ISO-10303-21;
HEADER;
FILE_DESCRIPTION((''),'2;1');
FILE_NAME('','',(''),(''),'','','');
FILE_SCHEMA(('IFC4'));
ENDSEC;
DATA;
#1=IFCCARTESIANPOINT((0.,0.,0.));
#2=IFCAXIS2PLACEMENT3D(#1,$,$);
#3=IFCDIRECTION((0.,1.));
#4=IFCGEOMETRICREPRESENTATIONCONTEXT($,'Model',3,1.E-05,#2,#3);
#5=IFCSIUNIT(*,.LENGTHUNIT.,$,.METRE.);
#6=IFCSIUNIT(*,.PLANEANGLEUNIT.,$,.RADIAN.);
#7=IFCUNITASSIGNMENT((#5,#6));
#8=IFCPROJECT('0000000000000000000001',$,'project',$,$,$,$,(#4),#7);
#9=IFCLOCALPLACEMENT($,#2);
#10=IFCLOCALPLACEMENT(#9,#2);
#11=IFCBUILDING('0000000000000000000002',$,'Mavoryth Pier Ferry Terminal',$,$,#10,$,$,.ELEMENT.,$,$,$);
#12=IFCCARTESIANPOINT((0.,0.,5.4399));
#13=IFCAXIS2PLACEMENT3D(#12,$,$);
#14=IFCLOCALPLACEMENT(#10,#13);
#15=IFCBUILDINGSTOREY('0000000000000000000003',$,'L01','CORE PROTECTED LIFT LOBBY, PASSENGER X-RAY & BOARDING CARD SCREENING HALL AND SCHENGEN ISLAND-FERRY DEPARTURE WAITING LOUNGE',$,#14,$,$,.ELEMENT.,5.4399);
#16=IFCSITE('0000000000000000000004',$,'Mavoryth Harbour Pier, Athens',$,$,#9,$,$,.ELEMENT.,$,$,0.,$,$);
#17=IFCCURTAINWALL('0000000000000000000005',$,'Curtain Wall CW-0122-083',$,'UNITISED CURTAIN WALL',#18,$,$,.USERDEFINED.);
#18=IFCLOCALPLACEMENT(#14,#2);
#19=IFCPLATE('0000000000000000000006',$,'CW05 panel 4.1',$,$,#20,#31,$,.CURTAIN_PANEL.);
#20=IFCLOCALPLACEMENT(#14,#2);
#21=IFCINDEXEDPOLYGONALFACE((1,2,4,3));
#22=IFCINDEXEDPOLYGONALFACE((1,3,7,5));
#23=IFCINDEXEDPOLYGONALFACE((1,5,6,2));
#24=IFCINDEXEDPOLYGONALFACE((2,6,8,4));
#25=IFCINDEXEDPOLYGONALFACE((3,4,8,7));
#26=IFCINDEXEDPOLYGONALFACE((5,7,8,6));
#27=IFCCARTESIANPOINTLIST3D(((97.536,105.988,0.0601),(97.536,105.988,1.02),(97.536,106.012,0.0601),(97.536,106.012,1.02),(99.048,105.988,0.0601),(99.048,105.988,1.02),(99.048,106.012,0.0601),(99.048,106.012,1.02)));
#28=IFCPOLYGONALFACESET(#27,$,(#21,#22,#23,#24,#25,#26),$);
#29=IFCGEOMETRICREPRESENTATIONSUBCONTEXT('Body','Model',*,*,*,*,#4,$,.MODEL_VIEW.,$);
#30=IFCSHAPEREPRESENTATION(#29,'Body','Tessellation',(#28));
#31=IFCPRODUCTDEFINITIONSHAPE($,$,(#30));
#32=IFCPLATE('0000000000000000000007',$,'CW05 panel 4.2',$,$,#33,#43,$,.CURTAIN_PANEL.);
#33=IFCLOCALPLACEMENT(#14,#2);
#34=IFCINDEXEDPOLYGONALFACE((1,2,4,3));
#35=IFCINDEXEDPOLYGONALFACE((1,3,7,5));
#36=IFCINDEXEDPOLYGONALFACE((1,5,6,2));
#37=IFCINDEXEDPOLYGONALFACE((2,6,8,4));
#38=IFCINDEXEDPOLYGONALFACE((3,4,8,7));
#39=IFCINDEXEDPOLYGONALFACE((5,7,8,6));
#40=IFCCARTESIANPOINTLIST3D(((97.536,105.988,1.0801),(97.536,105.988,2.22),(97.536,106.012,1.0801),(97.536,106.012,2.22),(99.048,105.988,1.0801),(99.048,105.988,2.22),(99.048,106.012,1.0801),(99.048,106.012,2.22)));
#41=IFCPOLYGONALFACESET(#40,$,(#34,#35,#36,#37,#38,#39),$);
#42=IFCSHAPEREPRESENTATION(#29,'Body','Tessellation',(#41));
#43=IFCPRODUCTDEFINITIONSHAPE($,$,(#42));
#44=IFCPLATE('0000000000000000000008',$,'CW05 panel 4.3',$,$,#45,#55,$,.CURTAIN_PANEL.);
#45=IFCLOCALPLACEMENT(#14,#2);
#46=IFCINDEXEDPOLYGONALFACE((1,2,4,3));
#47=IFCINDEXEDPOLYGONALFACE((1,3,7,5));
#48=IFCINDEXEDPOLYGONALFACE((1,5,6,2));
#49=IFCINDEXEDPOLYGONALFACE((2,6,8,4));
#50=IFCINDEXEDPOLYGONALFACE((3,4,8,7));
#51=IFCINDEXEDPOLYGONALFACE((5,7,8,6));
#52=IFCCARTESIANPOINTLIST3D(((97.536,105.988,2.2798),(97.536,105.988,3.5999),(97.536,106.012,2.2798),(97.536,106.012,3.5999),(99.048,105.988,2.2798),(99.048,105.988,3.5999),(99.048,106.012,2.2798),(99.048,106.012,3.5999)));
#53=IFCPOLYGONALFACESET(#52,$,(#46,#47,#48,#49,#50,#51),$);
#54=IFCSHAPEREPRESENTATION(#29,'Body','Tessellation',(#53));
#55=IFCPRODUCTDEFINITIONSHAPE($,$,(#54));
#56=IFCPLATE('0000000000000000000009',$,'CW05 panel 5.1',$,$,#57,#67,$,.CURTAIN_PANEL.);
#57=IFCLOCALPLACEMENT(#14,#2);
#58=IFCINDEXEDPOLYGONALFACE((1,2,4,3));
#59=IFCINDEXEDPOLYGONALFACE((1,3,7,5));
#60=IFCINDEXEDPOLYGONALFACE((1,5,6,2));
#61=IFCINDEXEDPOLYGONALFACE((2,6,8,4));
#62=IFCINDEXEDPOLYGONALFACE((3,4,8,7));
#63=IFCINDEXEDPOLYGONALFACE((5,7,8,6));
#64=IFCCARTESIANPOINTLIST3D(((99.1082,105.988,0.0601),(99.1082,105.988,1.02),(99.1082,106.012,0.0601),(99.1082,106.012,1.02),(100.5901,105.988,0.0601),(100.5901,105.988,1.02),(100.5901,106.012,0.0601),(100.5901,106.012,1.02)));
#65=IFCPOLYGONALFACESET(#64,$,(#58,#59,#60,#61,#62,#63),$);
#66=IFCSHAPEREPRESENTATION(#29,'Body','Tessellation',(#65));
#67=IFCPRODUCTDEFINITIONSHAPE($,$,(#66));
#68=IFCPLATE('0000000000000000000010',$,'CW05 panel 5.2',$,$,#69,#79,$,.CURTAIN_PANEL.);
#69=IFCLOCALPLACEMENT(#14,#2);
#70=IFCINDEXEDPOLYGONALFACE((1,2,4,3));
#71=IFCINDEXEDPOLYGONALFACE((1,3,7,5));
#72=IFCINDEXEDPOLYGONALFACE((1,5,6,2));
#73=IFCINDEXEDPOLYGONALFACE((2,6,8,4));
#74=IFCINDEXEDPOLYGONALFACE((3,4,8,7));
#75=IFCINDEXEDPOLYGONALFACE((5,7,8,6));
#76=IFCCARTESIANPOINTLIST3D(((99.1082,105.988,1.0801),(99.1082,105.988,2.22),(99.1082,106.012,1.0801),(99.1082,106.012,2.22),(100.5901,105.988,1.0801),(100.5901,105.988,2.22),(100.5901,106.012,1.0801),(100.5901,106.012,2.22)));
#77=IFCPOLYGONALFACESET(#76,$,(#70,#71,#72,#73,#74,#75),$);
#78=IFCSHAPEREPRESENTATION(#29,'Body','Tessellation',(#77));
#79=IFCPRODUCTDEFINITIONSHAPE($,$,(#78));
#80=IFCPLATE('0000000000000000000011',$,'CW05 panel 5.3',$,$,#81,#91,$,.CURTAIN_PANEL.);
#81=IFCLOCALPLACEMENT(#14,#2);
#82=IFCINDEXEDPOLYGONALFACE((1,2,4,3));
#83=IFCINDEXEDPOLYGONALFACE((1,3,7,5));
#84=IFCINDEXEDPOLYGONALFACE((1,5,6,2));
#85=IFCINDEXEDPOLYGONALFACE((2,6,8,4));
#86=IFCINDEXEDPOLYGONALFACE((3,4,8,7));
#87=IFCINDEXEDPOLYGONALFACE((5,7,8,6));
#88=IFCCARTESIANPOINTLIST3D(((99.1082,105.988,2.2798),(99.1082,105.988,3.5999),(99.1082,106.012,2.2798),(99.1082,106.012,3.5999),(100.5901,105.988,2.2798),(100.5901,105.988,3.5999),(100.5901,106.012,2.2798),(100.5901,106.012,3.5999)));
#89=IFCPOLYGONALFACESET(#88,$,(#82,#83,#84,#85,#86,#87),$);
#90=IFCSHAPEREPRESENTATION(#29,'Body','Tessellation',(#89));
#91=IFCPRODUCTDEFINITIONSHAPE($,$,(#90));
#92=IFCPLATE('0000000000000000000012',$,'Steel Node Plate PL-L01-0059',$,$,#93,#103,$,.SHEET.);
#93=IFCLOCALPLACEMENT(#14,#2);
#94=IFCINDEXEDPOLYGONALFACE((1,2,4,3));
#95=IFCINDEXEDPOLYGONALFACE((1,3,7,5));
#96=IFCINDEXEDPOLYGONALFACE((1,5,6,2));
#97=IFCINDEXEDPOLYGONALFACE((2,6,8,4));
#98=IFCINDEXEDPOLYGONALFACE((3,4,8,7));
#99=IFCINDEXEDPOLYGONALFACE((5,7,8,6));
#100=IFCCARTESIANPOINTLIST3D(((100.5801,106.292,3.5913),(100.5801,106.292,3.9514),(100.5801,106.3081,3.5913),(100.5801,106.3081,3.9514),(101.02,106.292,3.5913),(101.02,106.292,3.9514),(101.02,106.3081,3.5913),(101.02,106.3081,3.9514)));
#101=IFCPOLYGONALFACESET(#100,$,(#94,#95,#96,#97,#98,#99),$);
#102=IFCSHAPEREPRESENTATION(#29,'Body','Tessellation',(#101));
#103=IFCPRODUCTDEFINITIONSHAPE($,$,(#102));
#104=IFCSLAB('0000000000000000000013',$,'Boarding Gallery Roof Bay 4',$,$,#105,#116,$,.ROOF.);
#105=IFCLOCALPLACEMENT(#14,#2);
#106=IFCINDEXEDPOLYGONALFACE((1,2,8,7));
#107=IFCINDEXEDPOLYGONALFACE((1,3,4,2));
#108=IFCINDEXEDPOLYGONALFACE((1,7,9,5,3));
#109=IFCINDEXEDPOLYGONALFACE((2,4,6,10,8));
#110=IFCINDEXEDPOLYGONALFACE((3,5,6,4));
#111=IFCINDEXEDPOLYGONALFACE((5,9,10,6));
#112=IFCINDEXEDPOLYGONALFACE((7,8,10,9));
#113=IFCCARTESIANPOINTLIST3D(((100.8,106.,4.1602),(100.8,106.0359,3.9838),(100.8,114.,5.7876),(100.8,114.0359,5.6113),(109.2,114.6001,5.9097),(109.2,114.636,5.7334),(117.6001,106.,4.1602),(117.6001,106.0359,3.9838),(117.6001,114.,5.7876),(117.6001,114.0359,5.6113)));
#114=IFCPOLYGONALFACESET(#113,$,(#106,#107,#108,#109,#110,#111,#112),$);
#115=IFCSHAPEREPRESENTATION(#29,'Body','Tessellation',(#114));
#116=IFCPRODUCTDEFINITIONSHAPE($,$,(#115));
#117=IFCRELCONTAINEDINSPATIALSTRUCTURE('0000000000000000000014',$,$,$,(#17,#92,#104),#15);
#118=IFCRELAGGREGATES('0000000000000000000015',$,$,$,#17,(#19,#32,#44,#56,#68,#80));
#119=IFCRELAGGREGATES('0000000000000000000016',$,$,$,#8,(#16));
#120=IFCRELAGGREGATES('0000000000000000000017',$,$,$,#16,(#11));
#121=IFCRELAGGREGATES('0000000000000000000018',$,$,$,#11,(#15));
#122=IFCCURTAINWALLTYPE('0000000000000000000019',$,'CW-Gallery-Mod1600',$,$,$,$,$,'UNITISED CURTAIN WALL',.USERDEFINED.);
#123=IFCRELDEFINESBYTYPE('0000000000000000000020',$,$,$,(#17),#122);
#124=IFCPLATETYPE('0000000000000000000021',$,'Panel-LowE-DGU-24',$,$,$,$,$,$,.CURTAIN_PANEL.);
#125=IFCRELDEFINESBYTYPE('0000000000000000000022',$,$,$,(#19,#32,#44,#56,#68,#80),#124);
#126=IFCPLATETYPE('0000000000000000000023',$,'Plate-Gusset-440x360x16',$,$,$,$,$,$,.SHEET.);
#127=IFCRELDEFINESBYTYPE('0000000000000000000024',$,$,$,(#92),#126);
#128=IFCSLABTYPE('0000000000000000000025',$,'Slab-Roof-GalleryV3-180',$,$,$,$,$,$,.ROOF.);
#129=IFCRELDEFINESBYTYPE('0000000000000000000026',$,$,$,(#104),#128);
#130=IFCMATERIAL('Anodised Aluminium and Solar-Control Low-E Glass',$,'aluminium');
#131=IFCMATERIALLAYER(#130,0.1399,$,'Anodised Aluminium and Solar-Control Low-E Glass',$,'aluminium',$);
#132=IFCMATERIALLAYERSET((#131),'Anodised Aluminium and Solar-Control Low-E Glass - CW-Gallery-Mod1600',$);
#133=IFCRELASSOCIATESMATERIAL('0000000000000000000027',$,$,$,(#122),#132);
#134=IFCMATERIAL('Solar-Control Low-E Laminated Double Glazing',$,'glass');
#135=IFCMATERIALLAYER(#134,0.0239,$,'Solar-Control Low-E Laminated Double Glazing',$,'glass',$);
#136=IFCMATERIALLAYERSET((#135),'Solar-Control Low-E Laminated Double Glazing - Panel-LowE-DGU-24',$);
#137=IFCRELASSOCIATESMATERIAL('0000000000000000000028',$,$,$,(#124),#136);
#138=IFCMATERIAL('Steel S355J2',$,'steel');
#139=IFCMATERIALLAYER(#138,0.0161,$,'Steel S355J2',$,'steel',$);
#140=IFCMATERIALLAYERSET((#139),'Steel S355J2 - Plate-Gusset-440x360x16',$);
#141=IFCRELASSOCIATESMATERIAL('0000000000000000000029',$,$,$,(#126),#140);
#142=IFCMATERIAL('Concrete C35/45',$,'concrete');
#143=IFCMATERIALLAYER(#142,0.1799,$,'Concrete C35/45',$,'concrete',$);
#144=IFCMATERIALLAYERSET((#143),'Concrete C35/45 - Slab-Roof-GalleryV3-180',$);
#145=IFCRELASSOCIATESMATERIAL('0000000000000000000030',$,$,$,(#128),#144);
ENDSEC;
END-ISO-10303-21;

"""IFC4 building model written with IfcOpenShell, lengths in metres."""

from ifc_helpers import new_model, si_unit, direction, frame, origin, origin_2d, place, context, subcontext, project, spatial, polyline, rectangle, outline, extrude, material, layer, layer_set, type_object, element, aggregate, save


model = new_model("IFC4")

# Units and contexts
model_context = context("Model", 3, precision=1e-05, world=origin(), true_north=direction((0.0, 1.0)))
body_context = subcontext(model_context, "Body", "Model", "MODEL_VIEW")
ifc_project = project(units=[si_unit("LENGTHUNIT", "METRE"), si_unit("PLANEANGLEUNIT", "RADIAN")], contexts=[model_context])

# Site, building, storey
site_placement = place(None, origin())
site = spatial("IfcSite", under=ifc_project, at=site_placement, Name="Mavoryth Harbour Pier, Athens", CompositionType="ELEMENT", RefElevation=0.0)
building_placement = place(site_placement, origin())
building = spatial("IfcBuilding", under=site, at=building_placement, Name="Mavoryth Pier Ferry Terminal", CompositionType="ELEMENT")
storey_placement = place(building_placement, frame((0.0, 0.0, 5.4399)))
storey = spatial("IfcBuildingStorey", under=building, at=storey_placement, Name="L01", Description="CORE PROTECTED LIFT LOBBY, PASSENGER X-RAY & BOARDING CARD SCREENING HALL AND SCHENGEN ISLAND-FERRY DEPARTURE WAITING LOUNGE", CompositionType="ELEMENT", Elevation=5.4399)

# Shared definitions
ifc_material_1 = material(Name="Steel S355J2", Category="steel")

# Curtain wall
ifc_material_2 = material(Name="Anodised Aluminium and Solar-Control Low-E Glass", Category="aluminium")
ifc_layer_1 = layer(ifc_material_2, 0.1399, Name="Anodised Aluminium and Solar-Control Low-E Glass", Category="aluminium")
ifc_layer_set_1 = layer_set([ifc_layer_1], Name="Anodised Aluminium and Solar-Control Low-E Glass - CW-Gallery-Mod1600")
curtain_wall_type = type_object("IfcCurtainWallType", Name="CW-Gallery-Mod1600", ElementType="UNITISED CURTAIN WALL", PredefinedType="USERDEFINED", material=ifc_layer_set_1)
curtain_wall_1_placement = place(storey_placement, origin())
curtain_wall_1 = element("IfcCurtainWall", 1, at=curtain_wall_1_placement, inside=storey, type_object=curtain_wall_type, Name="Curtain Wall CW-0122-083", ObjectType="UNITISED CURTAIN WALL", PredefinedType="USERDEFINED")

# Plates
ifc_material_3 = material(Name="Solar-Control Low-E Laminated Double Glazing", Category="glass")
ifc_layer_2 = layer(ifc_material_3, 0.0239, Name="Solar-Control Low-E Laminated Double Glazing", Category="glass")
ifc_layer_set_2 = layer_set([ifc_layer_2], Name="Solar-Control Low-E Laminated Double Glazing - Panel-LowE-DGU-24")
plate_type_1 = type_object("IfcPlateType", Name="Panel-LowE-DGU-24", PredefinedType="CURTAIN_PANEL", material=ifc_layer_set_2)
plate_1_placement = place(storey_placement, frame((98.292, 106.0, 0.0601), z_axis=(0.0, 0.0, 1.0), x_axis=(1.0, 0.0, 0.0)))
plate_1 = element("IfcPlate", 2, at=plate_1_placement, type_object=plate_type_1, Name="CW05 panel 4.1", PredefinedType="CURTAIN_PANEL", context=body_context, shape_type="SweptSolid", body=[
    extrude(rectangle(XDim=1.512, YDim=0.0239, at=origin_2d()), origin(), (0.0, 0.0, 1.0), 0.96),
])
plate_2_placement = place(storey_placement, frame((98.292, 106.0, 1.0801), z_axis=(0.0, 0.0, 1.0), x_axis=(1.0, 0.0, 0.0)))
plate_2 = element("IfcPlate", 3, at=plate_2_placement, type_object=plate_type_1, Name="CW05 panel 4.2", PredefinedType="CURTAIN_PANEL", context=body_context, shape_type="SweptSolid", body=[
    extrude(rectangle(XDim=1.512, YDim=0.0239, at=origin_2d()), origin(), (0.0, 0.0, 1.0), 1.1399),
])
plate_3_placement = place(storey_placement, frame((98.292, 106.0, 2.2798), z_axis=(0.0, 0.0, 1.0), x_axis=(1.0, 0.0, 0.0)))
plate_3 = element("IfcPlate", 4, at=plate_3_placement, type_object=plate_type_1, Name="CW05 panel 4.3", PredefinedType="CURTAIN_PANEL", context=body_context, shape_type="SweptSolid", body=[
    extrude(rectangle(XDim=1.512, YDim=0.0239, at=origin_2d()), origin(), (0.0, 0.0, 1.0), 1.3201),
])
plate_4_placement = place(storey_placement, frame((99.8491, 106.0, 0.0601), z_axis=(0.0, 0.0, 1.0), x_axis=(1.0, 0.0, 0.0)))
plate_4 = element("IfcPlate", 5, at=plate_4_placement, type_object=plate_type_1, Name="CW05 panel 5.1", PredefinedType="CURTAIN_PANEL", context=body_context, shape_type="SweptSolid", body=[
    extrude(rectangle(XDim=1.4819, YDim=0.0239, at=origin_2d()), origin(), (0.0, 0.0, 1.0), 0.96),
])
plate_5_placement = place(storey_placement, frame((99.8491, 106.0, 1.0801), z_axis=(0.0, 0.0, 1.0), x_axis=(1.0, 0.0, 0.0)))
plate_5 = element("IfcPlate", 6, at=plate_5_placement, type_object=plate_type_1, Name="CW05 panel 5.2", PredefinedType="CURTAIN_PANEL", context=body_context, shape_type="SweptSolid", body=[
    extrude(rectangle(XDim=1.4819, YDim=0.0239, at=origin_2d()), origin(), (0.0, 0.0, 1.0), 1.1399),
])
plate_6_placement = place(storey_placement, frame((99.8491, 106.0, 2.2798), z_axis=(0.0, 0.0, 1.0), x_axis=(1.0, 0.0, 0.0)))
plate_6 = element("IfcPlate", 7, at=plate_6_placement, type_object=plate_type_1, Name="CW05 panel 5.3", PredefinedType="CURTAIN_PANEL", context=body_context, shape_type="SweptSolid", body=[
    extrude(rectangle(XDim=1.4819, YDim=0.0239, at=origin_2d()), origin(), (0.0, 0.0, 1.0), 1.3201),
])
aggregate(curtain_wall_1, [plate_1, plate_2, plate_3, plate_4, plate_5, plate_6])
ifc_layer_3 = layer(ifc_material_1, 0.0161, Name="Steel S355J2", Category="steel")
ifc_layer_set_3 = layer_set([ifc_layer_3], Name="Steel S355J2 - Plate-Gusset-440x360x16")
plate_type_2 = type_object("IfcPlateType", Name="Plate-Gusset-440x360x16", PredefinedType="SHEET", material=ifc_layer_set_3)
plate_7_placement = place(storey_placement, frame((100.8, 106.3, 3.5913), z_axis=(0.0, 0.0, 1.0), x_axis=(1.0, 0.0, 0.0)))
element("IfcPlate", 8, at=plate_7_placement, inside=storey, type_object=plate_type_2, Name="Steel Node Plate PL-L01-0059", PredefinedType="SHEET", context=body_context, shape_type="SweptSolid", body=[
    extrude(rectangle(XDim=0.4399, YDim=0.0161, at=origin_2d()), origin(), (0.0, 0.0, 1.0), 0.3601),
])

# Slab
ifc_material_4 = material(Name="Concrete C35/45", Category="concrete")
ifc_layer_4 = layer(ifc_material_4, 0.1799, Name="Concrete C35/45", Category="concrete")
ifc_layer_set_4 = layer_set([ifc_layer_4], Name="Concrete C35/45 - Slab-Roof-GalleryV3-180")
slab_type = type_object("IfcSlabType", Name="Slab-Roof-GalleryV3-180", PredefinedType="ROOF", material=ifc_layer_set_4)
slab_placement = place(storey_placement, frame((100.8, 106.0, 4.1602), z_axis=(0.0, -0.199347, 0.979929), x_axis=(1.0, 0.0, 0.0)))
element("IfcSlab", 9, at=slab_placement, inside=storey, type_object=slab_type, Name="Boarding Gallery Roof Bay 4", PredefinedType="ROOF", context=body_context, shape_type="SweptSolid", body=[
    extrude(outline(polyline([(0.0, 0.0), (16.8, 0.0), (16.8, 8.1639), (8.3999, 8.7762), (0.0, 8.1639), (0.0, 0.0)])), origin(), (0.0, 0.0, -1.0), 0.1799),
])

save(model, "model.ifc")
